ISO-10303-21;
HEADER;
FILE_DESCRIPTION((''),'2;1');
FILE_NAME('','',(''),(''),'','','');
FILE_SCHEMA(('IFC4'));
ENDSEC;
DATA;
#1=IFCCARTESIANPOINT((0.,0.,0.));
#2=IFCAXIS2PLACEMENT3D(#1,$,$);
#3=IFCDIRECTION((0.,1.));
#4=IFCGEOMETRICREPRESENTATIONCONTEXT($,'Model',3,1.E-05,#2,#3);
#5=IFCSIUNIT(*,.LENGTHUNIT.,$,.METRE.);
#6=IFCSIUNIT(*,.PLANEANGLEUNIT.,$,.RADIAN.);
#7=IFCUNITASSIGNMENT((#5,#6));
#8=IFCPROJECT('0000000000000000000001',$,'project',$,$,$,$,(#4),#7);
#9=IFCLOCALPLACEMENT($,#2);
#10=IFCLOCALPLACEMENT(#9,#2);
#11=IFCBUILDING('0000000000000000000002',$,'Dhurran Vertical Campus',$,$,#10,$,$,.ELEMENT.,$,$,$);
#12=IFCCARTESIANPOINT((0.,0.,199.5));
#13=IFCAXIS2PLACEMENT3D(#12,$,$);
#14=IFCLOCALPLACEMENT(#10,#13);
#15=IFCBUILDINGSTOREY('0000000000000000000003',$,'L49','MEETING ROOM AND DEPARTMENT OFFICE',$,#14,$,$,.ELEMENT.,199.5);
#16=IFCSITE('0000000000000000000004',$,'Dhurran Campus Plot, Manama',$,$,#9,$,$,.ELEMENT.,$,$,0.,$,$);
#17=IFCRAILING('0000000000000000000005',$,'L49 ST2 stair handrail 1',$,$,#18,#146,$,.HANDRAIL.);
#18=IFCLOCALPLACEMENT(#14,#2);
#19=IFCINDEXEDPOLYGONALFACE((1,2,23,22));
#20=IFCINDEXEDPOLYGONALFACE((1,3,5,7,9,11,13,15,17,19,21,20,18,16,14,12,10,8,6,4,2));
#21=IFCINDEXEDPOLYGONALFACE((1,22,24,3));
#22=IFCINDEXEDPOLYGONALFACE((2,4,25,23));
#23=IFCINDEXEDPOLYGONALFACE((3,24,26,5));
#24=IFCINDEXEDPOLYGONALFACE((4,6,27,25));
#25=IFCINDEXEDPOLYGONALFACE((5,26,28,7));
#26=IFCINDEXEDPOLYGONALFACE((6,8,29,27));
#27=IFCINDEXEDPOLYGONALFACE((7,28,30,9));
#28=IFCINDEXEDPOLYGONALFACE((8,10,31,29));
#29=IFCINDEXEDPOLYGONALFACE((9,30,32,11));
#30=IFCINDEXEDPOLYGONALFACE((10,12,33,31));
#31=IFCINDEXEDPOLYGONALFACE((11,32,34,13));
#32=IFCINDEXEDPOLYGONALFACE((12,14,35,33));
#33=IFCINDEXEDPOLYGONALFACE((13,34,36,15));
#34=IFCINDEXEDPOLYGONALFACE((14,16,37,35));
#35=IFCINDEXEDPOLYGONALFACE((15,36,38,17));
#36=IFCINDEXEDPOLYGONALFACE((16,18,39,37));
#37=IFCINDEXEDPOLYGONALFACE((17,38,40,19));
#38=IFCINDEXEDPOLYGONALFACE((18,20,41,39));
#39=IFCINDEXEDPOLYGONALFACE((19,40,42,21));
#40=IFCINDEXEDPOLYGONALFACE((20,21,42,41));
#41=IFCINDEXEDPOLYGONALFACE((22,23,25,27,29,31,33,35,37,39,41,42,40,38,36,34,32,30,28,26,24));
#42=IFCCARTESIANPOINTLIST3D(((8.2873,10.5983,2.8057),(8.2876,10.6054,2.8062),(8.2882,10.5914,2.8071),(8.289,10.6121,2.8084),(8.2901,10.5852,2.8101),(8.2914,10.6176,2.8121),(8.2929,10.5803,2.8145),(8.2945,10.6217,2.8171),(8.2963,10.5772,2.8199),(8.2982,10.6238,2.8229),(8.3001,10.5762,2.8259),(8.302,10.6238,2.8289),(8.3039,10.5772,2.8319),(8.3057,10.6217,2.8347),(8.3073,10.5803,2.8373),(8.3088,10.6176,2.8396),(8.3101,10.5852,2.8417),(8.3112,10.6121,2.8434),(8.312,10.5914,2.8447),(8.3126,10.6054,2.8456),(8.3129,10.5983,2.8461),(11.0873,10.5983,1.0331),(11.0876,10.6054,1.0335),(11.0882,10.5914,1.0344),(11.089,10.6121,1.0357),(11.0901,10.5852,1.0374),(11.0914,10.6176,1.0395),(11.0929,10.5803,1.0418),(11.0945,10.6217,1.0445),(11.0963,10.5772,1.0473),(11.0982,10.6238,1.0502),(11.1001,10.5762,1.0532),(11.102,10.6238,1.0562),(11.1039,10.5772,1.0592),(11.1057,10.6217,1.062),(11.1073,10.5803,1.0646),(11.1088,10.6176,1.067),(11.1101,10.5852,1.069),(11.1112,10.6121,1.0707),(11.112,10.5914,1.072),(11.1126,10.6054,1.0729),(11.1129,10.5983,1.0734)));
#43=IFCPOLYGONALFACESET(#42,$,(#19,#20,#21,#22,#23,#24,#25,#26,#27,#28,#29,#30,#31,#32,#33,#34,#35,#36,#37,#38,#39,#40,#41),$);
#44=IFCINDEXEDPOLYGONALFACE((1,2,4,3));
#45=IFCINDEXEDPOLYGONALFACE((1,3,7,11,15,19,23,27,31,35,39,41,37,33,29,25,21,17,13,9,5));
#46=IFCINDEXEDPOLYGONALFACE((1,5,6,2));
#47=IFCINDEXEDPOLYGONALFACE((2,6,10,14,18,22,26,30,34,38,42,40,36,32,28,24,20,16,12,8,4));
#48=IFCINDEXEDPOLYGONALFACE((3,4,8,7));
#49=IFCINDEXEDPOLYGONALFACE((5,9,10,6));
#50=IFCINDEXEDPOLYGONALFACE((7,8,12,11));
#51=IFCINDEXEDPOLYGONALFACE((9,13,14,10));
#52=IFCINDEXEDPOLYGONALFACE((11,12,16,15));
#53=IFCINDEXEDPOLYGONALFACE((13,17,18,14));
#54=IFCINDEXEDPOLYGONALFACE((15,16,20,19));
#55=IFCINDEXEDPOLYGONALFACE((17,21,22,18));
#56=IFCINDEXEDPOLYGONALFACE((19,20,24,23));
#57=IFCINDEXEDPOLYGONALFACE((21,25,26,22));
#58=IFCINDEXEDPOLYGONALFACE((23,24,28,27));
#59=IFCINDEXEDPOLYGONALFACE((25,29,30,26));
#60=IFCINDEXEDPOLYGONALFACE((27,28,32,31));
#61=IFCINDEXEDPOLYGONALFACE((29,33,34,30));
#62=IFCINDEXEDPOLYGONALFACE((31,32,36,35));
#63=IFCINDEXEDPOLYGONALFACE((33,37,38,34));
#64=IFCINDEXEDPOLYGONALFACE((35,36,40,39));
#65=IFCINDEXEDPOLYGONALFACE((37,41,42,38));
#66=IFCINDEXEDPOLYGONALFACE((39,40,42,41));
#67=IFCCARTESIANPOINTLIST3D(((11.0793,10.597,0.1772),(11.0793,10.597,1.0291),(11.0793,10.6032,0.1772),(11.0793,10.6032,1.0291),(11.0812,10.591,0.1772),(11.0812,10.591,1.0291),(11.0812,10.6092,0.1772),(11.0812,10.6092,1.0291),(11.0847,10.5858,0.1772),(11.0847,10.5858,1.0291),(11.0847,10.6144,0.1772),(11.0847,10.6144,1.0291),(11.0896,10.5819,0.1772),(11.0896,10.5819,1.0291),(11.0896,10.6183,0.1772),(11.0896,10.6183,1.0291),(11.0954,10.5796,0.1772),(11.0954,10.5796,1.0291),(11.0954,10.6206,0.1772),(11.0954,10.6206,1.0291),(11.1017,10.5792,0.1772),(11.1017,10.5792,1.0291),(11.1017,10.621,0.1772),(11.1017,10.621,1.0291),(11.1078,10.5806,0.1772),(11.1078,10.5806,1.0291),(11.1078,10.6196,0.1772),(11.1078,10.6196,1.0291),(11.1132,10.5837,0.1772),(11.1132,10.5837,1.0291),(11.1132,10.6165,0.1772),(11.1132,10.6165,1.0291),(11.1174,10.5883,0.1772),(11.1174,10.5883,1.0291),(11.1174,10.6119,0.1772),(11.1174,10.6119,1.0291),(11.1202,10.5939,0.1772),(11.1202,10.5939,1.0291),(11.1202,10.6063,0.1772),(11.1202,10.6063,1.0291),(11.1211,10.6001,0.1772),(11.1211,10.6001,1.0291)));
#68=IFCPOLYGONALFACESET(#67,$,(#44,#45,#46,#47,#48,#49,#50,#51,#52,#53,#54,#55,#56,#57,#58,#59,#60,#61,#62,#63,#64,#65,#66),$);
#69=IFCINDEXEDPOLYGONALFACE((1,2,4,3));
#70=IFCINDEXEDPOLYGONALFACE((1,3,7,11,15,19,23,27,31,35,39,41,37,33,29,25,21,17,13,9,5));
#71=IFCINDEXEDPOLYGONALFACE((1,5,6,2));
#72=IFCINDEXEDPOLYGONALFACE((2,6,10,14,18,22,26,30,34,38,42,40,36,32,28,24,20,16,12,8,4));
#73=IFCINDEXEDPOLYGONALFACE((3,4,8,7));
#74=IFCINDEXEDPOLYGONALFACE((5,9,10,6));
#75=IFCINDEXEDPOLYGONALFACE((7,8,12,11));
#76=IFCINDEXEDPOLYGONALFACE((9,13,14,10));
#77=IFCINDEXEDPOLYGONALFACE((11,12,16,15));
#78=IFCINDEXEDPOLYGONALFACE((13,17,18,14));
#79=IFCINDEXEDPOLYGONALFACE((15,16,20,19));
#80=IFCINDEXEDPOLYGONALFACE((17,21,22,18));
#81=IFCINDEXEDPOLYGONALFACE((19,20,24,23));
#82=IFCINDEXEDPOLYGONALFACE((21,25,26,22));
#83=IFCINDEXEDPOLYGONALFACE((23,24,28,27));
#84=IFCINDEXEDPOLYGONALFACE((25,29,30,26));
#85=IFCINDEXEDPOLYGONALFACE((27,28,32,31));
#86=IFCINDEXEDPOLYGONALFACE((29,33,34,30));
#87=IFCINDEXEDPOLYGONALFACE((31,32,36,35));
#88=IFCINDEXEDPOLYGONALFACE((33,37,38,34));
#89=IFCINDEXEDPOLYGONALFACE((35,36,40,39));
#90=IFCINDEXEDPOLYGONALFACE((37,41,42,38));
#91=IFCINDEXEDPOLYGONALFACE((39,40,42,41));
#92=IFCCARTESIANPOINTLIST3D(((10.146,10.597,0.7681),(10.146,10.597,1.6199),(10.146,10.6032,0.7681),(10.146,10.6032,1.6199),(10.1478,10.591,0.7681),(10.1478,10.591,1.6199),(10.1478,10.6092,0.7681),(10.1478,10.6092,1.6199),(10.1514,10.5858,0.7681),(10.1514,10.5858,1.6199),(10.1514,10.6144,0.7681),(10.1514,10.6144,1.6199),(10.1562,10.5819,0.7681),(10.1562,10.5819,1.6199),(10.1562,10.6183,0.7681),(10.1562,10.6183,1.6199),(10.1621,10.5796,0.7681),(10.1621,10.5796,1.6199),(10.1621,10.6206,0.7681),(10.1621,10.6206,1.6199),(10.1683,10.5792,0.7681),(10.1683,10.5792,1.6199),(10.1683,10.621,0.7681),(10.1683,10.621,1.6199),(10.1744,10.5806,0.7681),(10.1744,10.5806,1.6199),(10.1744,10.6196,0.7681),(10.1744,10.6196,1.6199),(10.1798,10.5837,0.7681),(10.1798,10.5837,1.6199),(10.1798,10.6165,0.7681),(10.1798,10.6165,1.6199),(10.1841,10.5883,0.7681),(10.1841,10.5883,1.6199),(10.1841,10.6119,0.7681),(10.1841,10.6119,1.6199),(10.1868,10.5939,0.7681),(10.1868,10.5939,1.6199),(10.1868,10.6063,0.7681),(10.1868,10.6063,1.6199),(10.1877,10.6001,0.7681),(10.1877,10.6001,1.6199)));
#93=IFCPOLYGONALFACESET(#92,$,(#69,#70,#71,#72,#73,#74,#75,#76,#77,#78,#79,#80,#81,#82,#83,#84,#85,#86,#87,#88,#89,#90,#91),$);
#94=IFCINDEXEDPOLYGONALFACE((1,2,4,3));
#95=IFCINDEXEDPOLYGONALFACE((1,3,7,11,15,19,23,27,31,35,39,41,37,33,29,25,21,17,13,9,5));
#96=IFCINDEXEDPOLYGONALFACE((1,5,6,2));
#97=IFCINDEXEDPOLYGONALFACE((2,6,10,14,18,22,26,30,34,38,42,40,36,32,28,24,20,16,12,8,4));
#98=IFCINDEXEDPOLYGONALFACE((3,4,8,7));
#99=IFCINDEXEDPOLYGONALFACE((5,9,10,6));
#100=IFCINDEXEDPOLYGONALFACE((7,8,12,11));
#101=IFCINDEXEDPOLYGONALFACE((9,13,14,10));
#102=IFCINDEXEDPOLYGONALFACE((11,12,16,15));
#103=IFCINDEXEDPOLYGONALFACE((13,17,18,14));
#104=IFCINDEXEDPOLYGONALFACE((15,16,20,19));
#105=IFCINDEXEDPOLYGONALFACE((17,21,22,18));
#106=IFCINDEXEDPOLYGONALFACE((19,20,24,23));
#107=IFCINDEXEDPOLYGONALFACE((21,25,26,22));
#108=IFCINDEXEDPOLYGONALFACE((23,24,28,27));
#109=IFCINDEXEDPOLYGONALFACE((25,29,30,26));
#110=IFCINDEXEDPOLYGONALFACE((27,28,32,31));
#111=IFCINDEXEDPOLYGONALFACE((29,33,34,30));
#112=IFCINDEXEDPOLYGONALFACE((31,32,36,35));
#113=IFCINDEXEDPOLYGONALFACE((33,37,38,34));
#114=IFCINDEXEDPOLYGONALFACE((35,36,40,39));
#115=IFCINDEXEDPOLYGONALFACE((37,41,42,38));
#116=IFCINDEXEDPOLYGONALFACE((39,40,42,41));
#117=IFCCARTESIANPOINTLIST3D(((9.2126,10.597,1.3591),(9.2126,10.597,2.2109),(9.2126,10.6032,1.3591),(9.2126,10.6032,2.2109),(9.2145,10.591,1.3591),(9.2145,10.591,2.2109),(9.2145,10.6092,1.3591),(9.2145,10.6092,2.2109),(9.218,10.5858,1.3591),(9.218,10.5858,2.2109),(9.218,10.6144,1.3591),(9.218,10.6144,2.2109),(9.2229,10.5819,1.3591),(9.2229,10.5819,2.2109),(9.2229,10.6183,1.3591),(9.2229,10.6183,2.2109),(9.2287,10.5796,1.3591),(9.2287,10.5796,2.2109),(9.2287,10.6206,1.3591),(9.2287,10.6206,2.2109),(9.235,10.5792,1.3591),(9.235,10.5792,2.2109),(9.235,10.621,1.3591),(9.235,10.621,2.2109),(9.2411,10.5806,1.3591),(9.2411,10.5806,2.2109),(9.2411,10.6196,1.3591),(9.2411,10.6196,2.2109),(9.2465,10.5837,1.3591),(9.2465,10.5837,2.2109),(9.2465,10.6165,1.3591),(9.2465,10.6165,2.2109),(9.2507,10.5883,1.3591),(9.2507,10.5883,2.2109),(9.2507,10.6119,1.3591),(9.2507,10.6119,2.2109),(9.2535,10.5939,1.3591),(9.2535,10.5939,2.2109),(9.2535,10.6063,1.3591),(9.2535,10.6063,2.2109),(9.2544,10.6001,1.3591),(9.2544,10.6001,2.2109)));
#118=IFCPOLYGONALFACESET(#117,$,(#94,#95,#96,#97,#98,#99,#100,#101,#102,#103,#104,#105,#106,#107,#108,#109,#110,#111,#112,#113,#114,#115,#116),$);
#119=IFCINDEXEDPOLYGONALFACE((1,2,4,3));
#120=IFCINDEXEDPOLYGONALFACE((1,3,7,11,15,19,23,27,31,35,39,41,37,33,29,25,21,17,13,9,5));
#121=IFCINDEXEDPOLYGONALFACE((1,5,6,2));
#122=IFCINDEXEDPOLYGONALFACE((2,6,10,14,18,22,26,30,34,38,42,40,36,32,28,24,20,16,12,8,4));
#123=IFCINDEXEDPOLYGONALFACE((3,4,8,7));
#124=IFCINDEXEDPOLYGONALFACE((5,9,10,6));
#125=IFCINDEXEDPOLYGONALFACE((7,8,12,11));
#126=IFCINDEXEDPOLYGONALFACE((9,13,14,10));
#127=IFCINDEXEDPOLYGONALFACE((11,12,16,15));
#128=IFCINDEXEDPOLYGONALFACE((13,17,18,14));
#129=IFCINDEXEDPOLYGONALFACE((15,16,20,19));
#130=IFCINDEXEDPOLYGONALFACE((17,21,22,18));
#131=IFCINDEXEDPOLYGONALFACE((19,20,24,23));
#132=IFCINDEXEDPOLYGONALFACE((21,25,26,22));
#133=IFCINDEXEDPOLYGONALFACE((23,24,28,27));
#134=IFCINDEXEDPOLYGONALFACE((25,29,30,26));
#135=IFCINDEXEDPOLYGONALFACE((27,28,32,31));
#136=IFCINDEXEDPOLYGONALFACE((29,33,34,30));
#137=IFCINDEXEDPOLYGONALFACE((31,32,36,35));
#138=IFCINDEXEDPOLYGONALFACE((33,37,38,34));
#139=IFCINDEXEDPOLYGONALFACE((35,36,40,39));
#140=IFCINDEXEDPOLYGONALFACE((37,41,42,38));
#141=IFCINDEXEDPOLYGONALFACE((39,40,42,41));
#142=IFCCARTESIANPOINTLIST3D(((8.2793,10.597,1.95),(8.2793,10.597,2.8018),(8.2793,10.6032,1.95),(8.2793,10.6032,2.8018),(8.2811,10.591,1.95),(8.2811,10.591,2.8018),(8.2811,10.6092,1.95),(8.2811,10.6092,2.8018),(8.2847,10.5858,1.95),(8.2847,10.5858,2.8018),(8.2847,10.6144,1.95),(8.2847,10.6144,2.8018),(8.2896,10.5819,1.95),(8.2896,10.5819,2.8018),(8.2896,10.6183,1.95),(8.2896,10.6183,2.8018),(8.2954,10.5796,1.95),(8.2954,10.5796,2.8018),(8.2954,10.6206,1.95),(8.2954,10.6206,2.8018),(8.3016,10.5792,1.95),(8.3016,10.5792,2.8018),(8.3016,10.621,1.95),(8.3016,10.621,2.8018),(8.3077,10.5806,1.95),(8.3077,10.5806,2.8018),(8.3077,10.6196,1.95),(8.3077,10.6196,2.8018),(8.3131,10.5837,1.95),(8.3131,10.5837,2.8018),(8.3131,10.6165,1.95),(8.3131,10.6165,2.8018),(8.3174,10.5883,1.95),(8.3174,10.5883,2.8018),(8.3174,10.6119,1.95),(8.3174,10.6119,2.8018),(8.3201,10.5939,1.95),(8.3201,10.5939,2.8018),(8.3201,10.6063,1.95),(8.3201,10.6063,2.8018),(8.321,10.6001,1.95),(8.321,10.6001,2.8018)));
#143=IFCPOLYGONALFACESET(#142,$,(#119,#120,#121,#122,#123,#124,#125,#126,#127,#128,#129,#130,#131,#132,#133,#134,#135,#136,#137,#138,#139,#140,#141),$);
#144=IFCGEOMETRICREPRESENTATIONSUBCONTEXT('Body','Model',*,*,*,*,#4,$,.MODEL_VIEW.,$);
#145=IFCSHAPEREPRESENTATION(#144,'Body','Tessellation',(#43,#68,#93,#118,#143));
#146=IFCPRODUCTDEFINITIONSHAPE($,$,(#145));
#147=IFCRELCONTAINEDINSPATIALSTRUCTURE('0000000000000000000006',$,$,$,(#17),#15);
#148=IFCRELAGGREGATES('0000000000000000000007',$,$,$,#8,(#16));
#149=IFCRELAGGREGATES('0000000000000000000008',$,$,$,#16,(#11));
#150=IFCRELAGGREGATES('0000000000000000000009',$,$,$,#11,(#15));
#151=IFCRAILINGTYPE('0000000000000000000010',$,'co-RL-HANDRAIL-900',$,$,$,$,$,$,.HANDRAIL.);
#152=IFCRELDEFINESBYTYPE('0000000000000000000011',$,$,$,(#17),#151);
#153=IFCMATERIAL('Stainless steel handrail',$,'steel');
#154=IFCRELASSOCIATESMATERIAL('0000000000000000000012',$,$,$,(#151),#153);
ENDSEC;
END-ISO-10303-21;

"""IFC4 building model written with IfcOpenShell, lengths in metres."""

from ifc_helpers import new_model, si_unit, direction, frame, origin, origin_2d, place, context, subcontext, project, spatial, circle, extrude, material, type_object, element, save


model = new_model("IFC4")

# Units and contexts
model_context = context("Model", 3, precision=1e-05, world=origin(), true_north=direction((0.0, 1.0)))
body_context = subcontext(model_context, "Body", "Model", "MODEL_VIEW")
ifc_project = project(units=[si_unit("LENGTHUNIT", "METRE"), si_unit("PLANEANGLEUNIT", "RADIAN")], contexts=[model_context])

# Site, building, storey
site_placement = place(None, origin())
site = spatial("IfcSite", under=ifc_project, at=site_placement, Name="Dhurran Campus Plot, Manama", CompositionType="ELEMENT", RefElevation=0.0)
building_placement = place(site_placement, origin())
building = spatial("IfcBuilding", under=site, at=building_placement, Name="Dhurran Vertical Campus", CompositionType="ELEMENT")
storey_placement = place(building_placement, frame((0.0, 0.0, 199.5)))
storey = spatial("IfcBuildingStorey", under=building, at=storey_placement, Name="L49", Description="MEETING ROOM AND DEPARTMENT OFFICE", CompositionType="ELEMENT", Elevation=199.5)

# Railing
ifc_material_1 = material(Name="Stainless steel handrail", Category="steel")
railing_type_1 = type_object("IfcRailingType", Name="co-RL-HANDRAIL-900", PredefinedType="HANDRAIL", material=ifc_material_1)
railing_1_placement = place(storey_placement, frame((11.1001, 10.6001, 0.1772)))
element("IfcRailing", 1, at=railing_1_placement, inside=storey, type_object=railing_type_1, Name="L49 ST2 stair handrail 1", PredefinedType="HANDRAIL", context=body_context, shape_type="SweptSolid", body=[
    extrude(circle(Radius=0.0239, at=origin_2d()), frame((0.0, 0.0, 0.876), z_axis=(-0.844909, 0.0, 0.53491), x_axis=(0.0, -1.0, 0.0)), (0.0, 0.0, 1.0), 3.314),
    extrude(circle(Radius=0.021, at=origin_2d()), origin(), (0.0, 0.0, 1.0), 0.8518),
    extrude(circle(Radius=0.021, at=origin_2d()), frame((-0.9333, 0.0, 0.5908)), (0.0, 0.0, 1.0), 0.8518),
    extrude(circle(Radius=0.021, at=origin_2d()), frame((-1.8667, 0.0, 1.1819)), (0.0, 0.0, 1.0), 0.8518),
    extrude(circle(Radius=0.021, at=origin_2d()), frame((-2.8, 0.0, 1.7727)), (0.0, 0.0, 1.0), 0.8518),
])

save(model, "model.ifc")
